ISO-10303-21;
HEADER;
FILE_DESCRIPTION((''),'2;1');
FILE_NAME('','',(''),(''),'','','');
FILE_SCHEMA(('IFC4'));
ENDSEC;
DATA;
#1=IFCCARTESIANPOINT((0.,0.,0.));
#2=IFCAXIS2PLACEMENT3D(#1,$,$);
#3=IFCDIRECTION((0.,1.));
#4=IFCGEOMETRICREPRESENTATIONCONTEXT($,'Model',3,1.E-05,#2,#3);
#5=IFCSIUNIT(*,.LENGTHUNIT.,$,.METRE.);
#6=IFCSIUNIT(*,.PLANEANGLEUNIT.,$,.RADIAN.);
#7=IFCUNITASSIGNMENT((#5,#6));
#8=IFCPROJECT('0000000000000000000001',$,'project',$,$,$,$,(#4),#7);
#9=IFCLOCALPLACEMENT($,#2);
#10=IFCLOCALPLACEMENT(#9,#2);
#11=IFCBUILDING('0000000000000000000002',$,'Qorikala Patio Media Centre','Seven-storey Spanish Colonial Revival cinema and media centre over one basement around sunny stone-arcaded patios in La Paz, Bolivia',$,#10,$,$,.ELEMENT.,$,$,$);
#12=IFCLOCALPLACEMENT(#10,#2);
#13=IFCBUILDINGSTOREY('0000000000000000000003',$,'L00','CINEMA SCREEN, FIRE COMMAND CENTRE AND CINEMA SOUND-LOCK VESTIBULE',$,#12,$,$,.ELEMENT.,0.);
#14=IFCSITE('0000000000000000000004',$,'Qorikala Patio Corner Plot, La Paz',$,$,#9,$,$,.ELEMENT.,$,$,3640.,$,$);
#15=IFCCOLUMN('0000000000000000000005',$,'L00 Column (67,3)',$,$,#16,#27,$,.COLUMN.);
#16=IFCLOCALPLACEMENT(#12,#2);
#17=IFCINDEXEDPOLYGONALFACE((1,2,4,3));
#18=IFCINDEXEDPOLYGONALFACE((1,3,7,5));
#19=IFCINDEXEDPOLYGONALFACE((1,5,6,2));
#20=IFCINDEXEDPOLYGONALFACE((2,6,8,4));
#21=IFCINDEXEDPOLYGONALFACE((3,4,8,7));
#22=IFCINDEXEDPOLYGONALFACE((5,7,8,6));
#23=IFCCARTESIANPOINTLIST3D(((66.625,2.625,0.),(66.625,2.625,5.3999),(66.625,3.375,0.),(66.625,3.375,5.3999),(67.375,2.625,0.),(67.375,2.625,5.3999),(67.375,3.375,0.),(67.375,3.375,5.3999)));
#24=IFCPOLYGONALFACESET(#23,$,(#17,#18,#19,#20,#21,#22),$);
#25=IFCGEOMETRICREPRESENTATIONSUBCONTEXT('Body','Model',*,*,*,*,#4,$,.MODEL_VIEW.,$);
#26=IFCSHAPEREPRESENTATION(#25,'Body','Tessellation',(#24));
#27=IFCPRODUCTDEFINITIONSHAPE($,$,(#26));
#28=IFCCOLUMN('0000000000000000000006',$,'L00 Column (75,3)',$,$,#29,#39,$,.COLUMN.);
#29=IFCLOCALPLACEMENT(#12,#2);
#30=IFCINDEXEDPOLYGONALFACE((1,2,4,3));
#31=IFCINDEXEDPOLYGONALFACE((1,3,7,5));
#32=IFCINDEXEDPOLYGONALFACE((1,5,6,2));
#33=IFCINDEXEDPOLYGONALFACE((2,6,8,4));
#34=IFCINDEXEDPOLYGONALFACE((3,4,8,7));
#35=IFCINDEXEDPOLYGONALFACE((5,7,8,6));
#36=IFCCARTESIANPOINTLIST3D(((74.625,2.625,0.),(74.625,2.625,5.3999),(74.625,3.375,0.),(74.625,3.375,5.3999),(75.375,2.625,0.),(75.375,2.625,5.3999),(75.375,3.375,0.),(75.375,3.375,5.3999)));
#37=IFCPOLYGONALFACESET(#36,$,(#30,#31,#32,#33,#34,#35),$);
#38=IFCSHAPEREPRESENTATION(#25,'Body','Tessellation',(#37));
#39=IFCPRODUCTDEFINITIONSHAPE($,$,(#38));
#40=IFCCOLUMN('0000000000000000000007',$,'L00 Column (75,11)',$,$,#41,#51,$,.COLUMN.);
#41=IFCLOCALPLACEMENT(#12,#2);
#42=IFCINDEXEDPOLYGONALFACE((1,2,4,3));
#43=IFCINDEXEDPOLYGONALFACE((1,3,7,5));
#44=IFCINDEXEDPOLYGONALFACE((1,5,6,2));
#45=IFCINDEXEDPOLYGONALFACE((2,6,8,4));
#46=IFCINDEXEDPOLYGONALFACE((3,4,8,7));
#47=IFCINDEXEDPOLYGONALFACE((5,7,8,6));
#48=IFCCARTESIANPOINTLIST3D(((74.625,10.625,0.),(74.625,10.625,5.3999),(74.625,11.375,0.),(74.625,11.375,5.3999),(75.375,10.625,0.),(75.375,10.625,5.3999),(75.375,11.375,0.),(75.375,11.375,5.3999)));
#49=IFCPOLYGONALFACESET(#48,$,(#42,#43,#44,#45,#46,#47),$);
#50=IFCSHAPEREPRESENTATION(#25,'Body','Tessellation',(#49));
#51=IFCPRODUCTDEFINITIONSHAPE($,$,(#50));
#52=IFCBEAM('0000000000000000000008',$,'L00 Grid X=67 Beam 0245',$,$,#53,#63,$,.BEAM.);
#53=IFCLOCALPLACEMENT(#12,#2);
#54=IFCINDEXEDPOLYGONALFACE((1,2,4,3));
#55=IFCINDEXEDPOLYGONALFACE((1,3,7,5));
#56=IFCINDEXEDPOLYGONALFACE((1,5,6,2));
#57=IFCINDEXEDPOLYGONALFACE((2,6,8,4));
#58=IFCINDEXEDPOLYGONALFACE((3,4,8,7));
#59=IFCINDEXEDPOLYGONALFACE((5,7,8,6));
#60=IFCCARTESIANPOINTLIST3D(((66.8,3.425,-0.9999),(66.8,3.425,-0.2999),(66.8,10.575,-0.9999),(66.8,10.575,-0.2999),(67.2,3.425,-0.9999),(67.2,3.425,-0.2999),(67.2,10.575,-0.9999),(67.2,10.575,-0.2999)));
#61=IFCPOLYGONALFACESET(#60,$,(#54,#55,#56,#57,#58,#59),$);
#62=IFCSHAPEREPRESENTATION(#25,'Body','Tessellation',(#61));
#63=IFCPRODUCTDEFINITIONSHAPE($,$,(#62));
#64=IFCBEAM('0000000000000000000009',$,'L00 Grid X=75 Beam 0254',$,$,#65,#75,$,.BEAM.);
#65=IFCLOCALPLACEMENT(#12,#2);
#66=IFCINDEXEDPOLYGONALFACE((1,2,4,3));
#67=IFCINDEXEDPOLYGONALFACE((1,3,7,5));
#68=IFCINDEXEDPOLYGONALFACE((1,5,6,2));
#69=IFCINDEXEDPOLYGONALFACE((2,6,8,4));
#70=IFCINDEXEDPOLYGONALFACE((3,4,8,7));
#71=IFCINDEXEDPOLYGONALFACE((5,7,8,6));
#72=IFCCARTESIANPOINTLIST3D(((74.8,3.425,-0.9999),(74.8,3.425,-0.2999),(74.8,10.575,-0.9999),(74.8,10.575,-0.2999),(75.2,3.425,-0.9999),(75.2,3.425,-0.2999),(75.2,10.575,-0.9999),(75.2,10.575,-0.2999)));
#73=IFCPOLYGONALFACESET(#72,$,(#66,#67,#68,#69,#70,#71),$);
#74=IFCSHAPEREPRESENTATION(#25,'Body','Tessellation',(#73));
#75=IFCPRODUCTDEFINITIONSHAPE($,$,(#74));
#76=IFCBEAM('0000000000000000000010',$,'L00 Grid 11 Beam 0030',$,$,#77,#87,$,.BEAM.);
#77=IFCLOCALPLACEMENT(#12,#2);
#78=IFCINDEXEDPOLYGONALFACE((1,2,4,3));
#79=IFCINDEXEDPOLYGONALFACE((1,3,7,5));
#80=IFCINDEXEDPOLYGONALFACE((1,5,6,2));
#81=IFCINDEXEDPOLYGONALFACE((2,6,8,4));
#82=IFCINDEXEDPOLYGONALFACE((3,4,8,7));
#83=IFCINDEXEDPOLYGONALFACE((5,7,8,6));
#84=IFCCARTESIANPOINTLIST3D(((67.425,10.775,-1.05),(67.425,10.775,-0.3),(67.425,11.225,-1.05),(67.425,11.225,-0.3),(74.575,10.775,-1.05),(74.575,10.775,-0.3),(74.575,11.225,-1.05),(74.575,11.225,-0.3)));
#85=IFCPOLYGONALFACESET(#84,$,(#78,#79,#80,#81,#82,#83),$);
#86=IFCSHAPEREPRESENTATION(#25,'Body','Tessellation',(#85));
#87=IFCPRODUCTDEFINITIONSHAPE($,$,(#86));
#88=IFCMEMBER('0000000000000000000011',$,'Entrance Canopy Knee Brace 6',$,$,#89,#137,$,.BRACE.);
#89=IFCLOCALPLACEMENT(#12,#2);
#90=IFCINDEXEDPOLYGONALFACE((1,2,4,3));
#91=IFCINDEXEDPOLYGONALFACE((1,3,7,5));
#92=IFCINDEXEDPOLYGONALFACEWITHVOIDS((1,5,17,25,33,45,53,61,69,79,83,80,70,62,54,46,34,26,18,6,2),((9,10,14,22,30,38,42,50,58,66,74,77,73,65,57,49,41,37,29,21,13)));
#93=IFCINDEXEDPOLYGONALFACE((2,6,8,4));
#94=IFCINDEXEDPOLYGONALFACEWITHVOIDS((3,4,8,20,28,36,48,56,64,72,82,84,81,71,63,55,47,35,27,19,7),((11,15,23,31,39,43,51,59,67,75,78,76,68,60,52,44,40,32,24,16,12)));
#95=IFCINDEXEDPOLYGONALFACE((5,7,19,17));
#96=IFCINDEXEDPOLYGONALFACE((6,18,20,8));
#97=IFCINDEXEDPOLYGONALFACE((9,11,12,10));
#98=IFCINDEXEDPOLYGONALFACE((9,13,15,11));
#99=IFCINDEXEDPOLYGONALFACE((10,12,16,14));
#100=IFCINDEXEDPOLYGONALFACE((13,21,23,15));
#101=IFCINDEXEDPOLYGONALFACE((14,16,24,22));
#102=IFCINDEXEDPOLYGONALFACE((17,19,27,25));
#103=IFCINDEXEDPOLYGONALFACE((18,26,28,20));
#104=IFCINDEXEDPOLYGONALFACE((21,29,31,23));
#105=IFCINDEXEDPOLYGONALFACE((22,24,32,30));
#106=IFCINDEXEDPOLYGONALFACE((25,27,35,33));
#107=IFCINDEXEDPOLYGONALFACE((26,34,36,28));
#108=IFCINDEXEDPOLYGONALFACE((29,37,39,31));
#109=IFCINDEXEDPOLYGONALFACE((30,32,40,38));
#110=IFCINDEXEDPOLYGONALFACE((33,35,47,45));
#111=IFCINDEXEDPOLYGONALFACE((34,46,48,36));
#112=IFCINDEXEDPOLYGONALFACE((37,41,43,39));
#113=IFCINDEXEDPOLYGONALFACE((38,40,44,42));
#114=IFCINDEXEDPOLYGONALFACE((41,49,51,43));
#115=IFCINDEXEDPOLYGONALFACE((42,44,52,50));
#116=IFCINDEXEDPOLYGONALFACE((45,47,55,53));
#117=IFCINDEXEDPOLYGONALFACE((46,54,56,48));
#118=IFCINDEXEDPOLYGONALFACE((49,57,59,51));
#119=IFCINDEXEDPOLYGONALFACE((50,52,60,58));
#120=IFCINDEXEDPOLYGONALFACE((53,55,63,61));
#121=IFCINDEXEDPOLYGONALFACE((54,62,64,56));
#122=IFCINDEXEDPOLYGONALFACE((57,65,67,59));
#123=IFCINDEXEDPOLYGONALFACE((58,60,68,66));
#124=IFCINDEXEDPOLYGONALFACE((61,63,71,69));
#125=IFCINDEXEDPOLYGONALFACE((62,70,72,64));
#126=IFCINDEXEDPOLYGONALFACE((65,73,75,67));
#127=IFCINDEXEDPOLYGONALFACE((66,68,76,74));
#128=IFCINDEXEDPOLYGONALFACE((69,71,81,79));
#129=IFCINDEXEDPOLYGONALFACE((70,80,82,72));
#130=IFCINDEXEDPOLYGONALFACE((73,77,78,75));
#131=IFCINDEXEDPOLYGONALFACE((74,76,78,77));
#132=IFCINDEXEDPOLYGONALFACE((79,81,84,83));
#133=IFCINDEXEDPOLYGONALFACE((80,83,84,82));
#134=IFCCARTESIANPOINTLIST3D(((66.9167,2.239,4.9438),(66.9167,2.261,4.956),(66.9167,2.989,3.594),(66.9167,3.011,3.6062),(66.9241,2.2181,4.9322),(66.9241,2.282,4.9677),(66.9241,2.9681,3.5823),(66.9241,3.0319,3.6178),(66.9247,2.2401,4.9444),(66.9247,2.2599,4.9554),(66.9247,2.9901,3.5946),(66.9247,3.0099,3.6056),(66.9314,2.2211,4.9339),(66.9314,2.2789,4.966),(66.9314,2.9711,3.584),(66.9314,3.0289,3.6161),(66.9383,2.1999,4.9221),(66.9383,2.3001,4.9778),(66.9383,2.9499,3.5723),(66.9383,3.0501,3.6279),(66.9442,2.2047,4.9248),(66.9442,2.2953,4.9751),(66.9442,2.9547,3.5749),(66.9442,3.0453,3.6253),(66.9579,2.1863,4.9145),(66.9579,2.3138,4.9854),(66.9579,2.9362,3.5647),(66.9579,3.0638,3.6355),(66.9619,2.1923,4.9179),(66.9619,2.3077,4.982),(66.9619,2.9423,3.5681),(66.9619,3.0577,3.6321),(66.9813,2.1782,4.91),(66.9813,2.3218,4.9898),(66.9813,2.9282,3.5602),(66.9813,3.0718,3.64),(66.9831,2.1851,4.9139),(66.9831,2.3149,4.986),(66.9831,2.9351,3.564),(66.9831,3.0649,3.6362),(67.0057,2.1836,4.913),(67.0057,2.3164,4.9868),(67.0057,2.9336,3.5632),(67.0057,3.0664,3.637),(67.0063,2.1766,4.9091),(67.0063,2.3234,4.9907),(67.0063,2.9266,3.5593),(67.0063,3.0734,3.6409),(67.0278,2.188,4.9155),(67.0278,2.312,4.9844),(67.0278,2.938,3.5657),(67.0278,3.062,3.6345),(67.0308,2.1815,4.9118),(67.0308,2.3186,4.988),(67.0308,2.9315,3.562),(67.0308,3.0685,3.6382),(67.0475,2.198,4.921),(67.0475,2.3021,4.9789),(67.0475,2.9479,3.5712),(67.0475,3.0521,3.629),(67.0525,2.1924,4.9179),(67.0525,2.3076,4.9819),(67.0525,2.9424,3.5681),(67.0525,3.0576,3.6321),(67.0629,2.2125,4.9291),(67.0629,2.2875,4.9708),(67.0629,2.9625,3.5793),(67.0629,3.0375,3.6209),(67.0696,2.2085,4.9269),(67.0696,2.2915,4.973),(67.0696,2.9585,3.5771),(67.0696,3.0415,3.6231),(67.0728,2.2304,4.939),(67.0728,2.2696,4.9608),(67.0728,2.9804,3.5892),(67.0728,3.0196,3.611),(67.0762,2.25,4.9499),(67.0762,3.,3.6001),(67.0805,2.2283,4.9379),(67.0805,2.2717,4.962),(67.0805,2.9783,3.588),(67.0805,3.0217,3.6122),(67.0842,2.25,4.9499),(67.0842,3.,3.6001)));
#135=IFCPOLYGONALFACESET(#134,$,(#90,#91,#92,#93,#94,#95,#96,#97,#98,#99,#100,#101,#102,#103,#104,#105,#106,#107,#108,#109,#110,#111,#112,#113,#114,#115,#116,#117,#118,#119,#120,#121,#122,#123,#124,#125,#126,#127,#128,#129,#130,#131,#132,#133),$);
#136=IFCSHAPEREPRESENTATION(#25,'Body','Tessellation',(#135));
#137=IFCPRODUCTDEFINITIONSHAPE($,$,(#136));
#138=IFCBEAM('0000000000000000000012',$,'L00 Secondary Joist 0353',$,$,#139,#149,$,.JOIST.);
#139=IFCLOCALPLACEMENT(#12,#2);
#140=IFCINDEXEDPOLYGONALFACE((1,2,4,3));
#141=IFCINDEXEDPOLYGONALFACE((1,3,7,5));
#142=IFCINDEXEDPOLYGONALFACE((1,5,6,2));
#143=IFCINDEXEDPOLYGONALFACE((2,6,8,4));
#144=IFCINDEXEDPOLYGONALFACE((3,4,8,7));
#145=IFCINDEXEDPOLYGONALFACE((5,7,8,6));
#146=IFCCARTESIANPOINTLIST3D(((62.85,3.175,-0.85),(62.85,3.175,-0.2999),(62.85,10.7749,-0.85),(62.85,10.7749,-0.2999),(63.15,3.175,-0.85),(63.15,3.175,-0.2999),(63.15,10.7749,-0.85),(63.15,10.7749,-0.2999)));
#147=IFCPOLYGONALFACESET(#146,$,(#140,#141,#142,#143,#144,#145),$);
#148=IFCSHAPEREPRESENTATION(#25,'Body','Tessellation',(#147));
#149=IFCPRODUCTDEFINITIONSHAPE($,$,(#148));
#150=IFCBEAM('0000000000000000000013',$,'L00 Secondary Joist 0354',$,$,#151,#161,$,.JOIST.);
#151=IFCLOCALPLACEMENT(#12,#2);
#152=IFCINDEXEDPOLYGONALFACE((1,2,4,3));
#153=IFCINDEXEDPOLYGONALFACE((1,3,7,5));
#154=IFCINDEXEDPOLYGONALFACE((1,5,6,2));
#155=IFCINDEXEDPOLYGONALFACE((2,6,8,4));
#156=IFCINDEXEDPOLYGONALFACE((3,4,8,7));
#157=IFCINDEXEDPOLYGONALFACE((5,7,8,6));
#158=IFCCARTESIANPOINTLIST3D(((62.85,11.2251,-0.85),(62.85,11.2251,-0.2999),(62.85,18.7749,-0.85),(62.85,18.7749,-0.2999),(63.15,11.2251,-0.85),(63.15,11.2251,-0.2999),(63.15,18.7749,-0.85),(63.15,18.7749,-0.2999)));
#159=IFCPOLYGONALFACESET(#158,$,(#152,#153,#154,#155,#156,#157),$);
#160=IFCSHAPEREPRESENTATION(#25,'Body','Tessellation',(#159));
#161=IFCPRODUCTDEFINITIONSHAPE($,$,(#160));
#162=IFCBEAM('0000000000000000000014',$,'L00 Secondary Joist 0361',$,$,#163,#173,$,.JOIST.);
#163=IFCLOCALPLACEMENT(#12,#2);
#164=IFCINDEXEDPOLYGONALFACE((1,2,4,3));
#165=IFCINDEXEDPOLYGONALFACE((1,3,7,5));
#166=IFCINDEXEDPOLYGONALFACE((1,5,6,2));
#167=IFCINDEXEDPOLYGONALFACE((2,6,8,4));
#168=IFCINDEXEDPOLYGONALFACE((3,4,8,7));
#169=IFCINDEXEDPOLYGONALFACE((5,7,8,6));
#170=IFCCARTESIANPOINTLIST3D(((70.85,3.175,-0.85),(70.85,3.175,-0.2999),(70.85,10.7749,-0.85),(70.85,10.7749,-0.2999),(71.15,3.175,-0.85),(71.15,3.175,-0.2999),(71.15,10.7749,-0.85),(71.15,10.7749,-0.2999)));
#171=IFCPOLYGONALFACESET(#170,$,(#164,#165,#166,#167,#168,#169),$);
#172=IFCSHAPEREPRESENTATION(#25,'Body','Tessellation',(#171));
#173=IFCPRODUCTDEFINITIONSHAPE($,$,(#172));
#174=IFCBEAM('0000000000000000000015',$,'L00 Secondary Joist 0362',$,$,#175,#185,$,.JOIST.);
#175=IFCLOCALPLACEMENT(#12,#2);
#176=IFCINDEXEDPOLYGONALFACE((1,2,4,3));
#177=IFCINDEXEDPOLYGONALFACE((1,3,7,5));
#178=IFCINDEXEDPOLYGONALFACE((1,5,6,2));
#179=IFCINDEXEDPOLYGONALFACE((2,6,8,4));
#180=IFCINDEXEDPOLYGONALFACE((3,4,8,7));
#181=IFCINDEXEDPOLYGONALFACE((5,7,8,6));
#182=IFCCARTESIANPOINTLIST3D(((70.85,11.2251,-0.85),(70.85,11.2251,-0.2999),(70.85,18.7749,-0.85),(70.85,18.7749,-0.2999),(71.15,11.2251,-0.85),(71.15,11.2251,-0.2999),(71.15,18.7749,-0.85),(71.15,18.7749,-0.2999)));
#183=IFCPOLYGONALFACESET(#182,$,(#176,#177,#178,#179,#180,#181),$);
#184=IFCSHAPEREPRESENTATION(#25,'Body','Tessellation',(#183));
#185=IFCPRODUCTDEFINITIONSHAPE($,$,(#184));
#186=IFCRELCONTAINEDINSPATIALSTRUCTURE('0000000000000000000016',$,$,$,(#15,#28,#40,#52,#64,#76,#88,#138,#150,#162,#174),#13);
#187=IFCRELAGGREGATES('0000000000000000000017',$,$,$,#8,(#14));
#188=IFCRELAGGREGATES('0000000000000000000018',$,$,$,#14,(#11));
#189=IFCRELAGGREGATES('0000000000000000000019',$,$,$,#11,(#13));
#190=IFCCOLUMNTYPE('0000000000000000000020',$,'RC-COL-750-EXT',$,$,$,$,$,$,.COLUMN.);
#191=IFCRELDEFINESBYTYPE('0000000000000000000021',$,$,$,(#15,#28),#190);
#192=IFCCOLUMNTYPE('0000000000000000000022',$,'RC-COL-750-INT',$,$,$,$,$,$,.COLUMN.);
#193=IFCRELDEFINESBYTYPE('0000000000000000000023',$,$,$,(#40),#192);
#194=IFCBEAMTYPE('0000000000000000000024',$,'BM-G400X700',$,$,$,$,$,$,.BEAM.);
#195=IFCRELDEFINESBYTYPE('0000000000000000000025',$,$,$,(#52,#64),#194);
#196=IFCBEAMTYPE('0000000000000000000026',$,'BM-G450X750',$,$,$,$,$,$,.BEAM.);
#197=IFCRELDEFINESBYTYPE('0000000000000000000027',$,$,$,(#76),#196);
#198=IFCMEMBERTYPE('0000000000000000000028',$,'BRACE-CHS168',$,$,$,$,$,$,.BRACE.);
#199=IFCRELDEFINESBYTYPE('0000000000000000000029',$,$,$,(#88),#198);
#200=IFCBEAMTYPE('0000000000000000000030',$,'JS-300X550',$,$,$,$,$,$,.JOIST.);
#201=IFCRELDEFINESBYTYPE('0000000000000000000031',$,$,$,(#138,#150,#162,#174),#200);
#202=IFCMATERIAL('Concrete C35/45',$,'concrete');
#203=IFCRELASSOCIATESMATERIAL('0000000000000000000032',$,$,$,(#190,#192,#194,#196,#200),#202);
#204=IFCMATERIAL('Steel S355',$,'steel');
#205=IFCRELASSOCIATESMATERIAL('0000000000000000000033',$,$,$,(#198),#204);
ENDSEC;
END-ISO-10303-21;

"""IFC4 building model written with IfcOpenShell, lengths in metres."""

from ifc_helpers import new_model, si_unit, direction, frame, origin, origin_2d, place, context, subcontext, project, spatial, rectangle, hollow_circle, extrude, material, material_profile, profile_set, type_object, element, save


model = new_model("IFC4")

# Units and contexts
model_context = context("Model", 3, precision=1e-05, world=origin(), true_north=direction((0.0, 1.0)))
body_context = subcontext(model_context, "Body", "Model", "MODEL_VIEW")
ifc_project = project(units=[si_unit("LENGTHUNIT", "METRE"), si_unit("PLANEANGLEUNIT", "RADIAN")], contexts=[model_context])

# Site, building, storey
site_placement = place(None, origin())
site = spatial("IfcSite", under=ifc_project, at=site_placement, Name="Qorikala Patio Corner Plot, La Paz", CompositionType="ELEMENT", RefElevation=3640.0)
building_placement = place(site_placement, origin())
building = spatial("IfcBuilding", under=site, at=building_placement, Name="Qorikala Patio Media Centre", Description="Seven-storey Spanish Colonial Revival cinema and media centre over one basement around sunny stone-arcaded patios in La Paz, Bolivia", CompositionType="ELEMENT")
storey_placement = place(building_placement, origin())
storey = spatial("IfcBuildingStorey", under=building, at=storey_placement, Name="L00", Description="CINEMA SCREEN, FIRE COMMAND CENTRE AND CINEMA SOUND-LOCK VESTIBULE", CompositionType="ELEMENT", Elevation=0.0)

# Columns
ifc_material_1 = material(Name="Concrete C35/45", Category="concrete")
ifc_material_profile_1 = material_profile(ifc_material_1, rectangle(XDim=0.75, YDim=0.75, at=origin_2d()), Name="RC 750x750")
ifc_profile_set_1 = profile_set([ifc_material_profile_1], Name="Concrete C35/45")
column_type_1 = type_object("IfcColumnType", Name="RC-COL-750-EXT", PredefinedType="COLUMN", material=ifc_profile_set_1)
for number, where, z_axis, x_axis, name in (
    (1, (67.0, 3.0, 0.0), (0.0, 0.0, 1.0), (1.0, 0.0, 0.0), "L00 Column (67,3)"),
    (2, (75.0, 3.0, 0.0), (0.0, 0.0, 1.0), (1.0, 0.0, 0.0), "L00 Column (75,3)"),
):
    element("IfcColumn", number, at=place(storey_placement, frame(where, z_axis=z_axis, x_axis=x_axis)), inside=storey, type_object=column_type_1, Name=name, PredefinedType="COLUMN", context=body_context, shape_type="SweptSolid", body=[
        extrude(rectangle(XDim=0.75, YDim=0.75, at=origin_2d()), origin(), (0.0, 0.0, 1.0), 5.3999),
    ])
ifc_material_profile_2 = material_profile(ifc_material_1, rectangle(XDim=0.75, YDim=0.75, at=origin_2d()), Name="RC 750x750")
ifc_profile_set_2 = profile_set([ifc_material_profile_2], Name="Concrete C35/45")
column_type_2 = type_object("IfcColumnType", Name="RC-COL-750-INT", PredefinedType="COLUMN", material=ifc_profile_set_2)
column_placement = place(storey_placement, frame((75.0, 11.0, 0.0), z_axis=(0.0, 0.0, 1.0), x_axis=(1.0, 0.0, 0.0)))
element("IfcColumn", 3, at=column_placement, inside=storey, type_object=column_type_2, Name="L00 Column (75,11)", PredefinedType="COLUMN", context=body_context, shape_type="SweptSolid", body=[
    extrude(rectangle(XDim=0.75, YDim=0.75, at=origin_2d()), origin(), (0.0, 0.0, 1.0), 5.3999),
])

# Beams
ifc_material_profile_3 = material_profile(ifc_material_1, rectangle(XDim=0.3999, YDim=0.7, at=origin_2d()), Name="RC 400x700")
ifc_profile_set_3 = profile_set([ifc_material_profile_3], Name="Concrete C35/45")
beam_type_1 = type_object("IfcBeamType", Name="BM-G400X700", PredefinedType="BEAM", material=ifc_profile_set_3)
for number, where, z_axis, x_axis, name in (
    (4, (67.0, 3.425, -0.6499), (0.0, 1.0, 0.0), (-1.0, 0.0, 0.0), "L00 Grid X=67 Beam 0245"),
    (5, (75.0, 3.425, -0.6499), (0.0, 1.0, 0.0), (-1.0, 0.0, 0.0), "L00 Grid X=75 Beam 0254"),
):
    element("IfcBeam", number, at=place(storey_placement, frame(where, z_axis=z_axis, x_axis=x_axis)), inside=storey, type_object=beam_type_1, Name=name, PredefinedType="BEAM", context=body_context, shape_type="SweptSolid", body=[
        extrude(rectangle(XDim=0.3999, YDim=0.7, at=origin_2d()), origin(), (0.0, 0.0, 1.0), 7.1499),
    ])
ifc_material_profile_4 = material_profile(ifc_material_1, rectangle(XDim=0.45, YDim=0.75, at=origin_2d()), Name="RC 450x750")
ifc_profile_set_4 = profile_set([ifc_material_profile_4], Name="Concrete C35/45")
beam_type_2 = type_object("IfcBeamType", Name="BM-G450X750", PredefinedType="BEAM", material=ifc_profile_set_4)
beam_1_placement = place(storey_placement, frame((67.425, 11.0, -0.675), z_axis=(1.0, 0.0, 0.0), x_axis=(0.0, 1.0, 0.0)))
element("IfcBeam", 6, at=beam_1_placement, inside=storey, type_object=beam_type_2, Name="L00 Grid 11 Beam 0030", PredefinedType="BEAM", context=body_context, shape_type="SweptSolid", body=[
    extrude(rectangle(XDim=0.45, YDim=0.75, at=origin_2d()), origin(), (0.0, 0.0, 1.0), 7.1499),
])

# Member
ifc_material_2 = material(Name="Steel S355", Category="steel")
ifc_material_profile_5 = material_profile(ifc_material_2, hollow_circle(Radius=0.0842, WallThickness=0.0081, at=origin_2d()), Name="CHS168X8")
ifc_profile_set_5 = profile_set([ifc_material_profile_5], Name="Steel S355")
member_type = type_object("IfcMemberType", Name="BRACE-CHS168", PredefinedType="BRACE", material=ifc_profile_set_5)
member_placement = place(storey_placement, frame((67.0, 3.0, 3.6001), z_axis=(0.0, -0.485683, 0.874135), x_axis=(1.0, 0.0, 0.0)))
element("IfcMember", 7, at=member_placement, inside=storey, type_object=member_type, Name="Entrance Canopy Knee Brace 6", PredefinedType="BRACE", context=body_context, shape_type="SweptSolid", body=[
    extrude(hollow_circle(Radius=0.0842, WallThickness=0.0081, at=origin_2d()), origin(), (0.0, 0.0, 1.0), 1.5442),
])

# Beams
ifc_material_profile_6 = material_profile(ifc_material_1, rectangle(XDim=0.3, YDim=0.55, at=origin_2d()), Name="RC 300x550")
ifc_profile_set_6 = profile_set([ifc_material_profile_6], Name="Concrete C35/45")
beam_type_3 = type_object("IfcBeamType", Name="JS-300X550", PredefinedType="JOIST", material=ifc_profile_set_6)
beam_2_placement = place(storey_placement, frame((63.0, 3.175, -0.575), z_axis=(0.0, 1.0, 0.0), x_axis=(-1.0, 0.0, 0.0)))
element("IfcBeam", 8, at=beam_2_placement, inside=storey, type_object=beam_type_3, Name="L00 Secondary Joist 0353", PredefinedType="JOIST", context=body_context, shape_type="SweptSolid", body=[
    extrude(rectangle(XDim=0.3, YDim=0.55, at=origin_2d()), origin(), (0.0, 0.0, 1.0), 7.5999),
])
beam_3_placement = place(storey_placement, frame((63.0, 11.2251, -0.575), z_axis=(0.0, 1.0, 0.0), x_axis=(-1.0, 0.0, 0.0)))
element("IfcBeam", 9, at=beam_3_placement, inside=storey, type_object=beam_type_3, Name="L00 Secondary Joist 0354", PredefinedType="JOIST", context=body_context, shape_type="SweptSolid", body=[
    extrude(rectangle(XDim=0.3, YDim=0.55, at=origin_2d()), origin(), (0.0, 0.0, 1.0), 7.5498),
])
beam_4_placement = place(storey_placement, frame((71.0, 3.175, -0.575), z_axis=(0.0, 1.0, 0.0), x_axis=(-1.0, 0.0, 0.0)))
element("IfcBeam", 10, at=beam_4_placement, inside=storey, type_object=beam_type_3, Name="L00 Secondary Joist 0361", PredefinedType="JOIST", context=body_context, shape_type="SweptSolid", body=[
    extrude(rectangle(XDim=0.3, YDim=0.55, at=origin_2d()), origin(), (0.0, 0.0, 1.0), 7.5999),
])
beam_5_placement = place(storey_placement, frame((71.0, 11.2251, -0.575), z_axis=(0.0, 1.0, 0.0), x_axis=(-1.0, 0.0, 0.0)))
element("IfcBeam", 11, at=beam_5_placement, inside=storey, type_object=beam_type_3, Name="L00 Secondary Joist 0362", PredefinedType="JOIST", context=body_context, shape_type="SweptSolid", body=[
    extrude(rectangle(XDim=0.3, YDim=0.55, at=origin_2d()), origin(), (0.0, 0.0, 1.0), 7.5498),
])

save(model, "model.ifc")
